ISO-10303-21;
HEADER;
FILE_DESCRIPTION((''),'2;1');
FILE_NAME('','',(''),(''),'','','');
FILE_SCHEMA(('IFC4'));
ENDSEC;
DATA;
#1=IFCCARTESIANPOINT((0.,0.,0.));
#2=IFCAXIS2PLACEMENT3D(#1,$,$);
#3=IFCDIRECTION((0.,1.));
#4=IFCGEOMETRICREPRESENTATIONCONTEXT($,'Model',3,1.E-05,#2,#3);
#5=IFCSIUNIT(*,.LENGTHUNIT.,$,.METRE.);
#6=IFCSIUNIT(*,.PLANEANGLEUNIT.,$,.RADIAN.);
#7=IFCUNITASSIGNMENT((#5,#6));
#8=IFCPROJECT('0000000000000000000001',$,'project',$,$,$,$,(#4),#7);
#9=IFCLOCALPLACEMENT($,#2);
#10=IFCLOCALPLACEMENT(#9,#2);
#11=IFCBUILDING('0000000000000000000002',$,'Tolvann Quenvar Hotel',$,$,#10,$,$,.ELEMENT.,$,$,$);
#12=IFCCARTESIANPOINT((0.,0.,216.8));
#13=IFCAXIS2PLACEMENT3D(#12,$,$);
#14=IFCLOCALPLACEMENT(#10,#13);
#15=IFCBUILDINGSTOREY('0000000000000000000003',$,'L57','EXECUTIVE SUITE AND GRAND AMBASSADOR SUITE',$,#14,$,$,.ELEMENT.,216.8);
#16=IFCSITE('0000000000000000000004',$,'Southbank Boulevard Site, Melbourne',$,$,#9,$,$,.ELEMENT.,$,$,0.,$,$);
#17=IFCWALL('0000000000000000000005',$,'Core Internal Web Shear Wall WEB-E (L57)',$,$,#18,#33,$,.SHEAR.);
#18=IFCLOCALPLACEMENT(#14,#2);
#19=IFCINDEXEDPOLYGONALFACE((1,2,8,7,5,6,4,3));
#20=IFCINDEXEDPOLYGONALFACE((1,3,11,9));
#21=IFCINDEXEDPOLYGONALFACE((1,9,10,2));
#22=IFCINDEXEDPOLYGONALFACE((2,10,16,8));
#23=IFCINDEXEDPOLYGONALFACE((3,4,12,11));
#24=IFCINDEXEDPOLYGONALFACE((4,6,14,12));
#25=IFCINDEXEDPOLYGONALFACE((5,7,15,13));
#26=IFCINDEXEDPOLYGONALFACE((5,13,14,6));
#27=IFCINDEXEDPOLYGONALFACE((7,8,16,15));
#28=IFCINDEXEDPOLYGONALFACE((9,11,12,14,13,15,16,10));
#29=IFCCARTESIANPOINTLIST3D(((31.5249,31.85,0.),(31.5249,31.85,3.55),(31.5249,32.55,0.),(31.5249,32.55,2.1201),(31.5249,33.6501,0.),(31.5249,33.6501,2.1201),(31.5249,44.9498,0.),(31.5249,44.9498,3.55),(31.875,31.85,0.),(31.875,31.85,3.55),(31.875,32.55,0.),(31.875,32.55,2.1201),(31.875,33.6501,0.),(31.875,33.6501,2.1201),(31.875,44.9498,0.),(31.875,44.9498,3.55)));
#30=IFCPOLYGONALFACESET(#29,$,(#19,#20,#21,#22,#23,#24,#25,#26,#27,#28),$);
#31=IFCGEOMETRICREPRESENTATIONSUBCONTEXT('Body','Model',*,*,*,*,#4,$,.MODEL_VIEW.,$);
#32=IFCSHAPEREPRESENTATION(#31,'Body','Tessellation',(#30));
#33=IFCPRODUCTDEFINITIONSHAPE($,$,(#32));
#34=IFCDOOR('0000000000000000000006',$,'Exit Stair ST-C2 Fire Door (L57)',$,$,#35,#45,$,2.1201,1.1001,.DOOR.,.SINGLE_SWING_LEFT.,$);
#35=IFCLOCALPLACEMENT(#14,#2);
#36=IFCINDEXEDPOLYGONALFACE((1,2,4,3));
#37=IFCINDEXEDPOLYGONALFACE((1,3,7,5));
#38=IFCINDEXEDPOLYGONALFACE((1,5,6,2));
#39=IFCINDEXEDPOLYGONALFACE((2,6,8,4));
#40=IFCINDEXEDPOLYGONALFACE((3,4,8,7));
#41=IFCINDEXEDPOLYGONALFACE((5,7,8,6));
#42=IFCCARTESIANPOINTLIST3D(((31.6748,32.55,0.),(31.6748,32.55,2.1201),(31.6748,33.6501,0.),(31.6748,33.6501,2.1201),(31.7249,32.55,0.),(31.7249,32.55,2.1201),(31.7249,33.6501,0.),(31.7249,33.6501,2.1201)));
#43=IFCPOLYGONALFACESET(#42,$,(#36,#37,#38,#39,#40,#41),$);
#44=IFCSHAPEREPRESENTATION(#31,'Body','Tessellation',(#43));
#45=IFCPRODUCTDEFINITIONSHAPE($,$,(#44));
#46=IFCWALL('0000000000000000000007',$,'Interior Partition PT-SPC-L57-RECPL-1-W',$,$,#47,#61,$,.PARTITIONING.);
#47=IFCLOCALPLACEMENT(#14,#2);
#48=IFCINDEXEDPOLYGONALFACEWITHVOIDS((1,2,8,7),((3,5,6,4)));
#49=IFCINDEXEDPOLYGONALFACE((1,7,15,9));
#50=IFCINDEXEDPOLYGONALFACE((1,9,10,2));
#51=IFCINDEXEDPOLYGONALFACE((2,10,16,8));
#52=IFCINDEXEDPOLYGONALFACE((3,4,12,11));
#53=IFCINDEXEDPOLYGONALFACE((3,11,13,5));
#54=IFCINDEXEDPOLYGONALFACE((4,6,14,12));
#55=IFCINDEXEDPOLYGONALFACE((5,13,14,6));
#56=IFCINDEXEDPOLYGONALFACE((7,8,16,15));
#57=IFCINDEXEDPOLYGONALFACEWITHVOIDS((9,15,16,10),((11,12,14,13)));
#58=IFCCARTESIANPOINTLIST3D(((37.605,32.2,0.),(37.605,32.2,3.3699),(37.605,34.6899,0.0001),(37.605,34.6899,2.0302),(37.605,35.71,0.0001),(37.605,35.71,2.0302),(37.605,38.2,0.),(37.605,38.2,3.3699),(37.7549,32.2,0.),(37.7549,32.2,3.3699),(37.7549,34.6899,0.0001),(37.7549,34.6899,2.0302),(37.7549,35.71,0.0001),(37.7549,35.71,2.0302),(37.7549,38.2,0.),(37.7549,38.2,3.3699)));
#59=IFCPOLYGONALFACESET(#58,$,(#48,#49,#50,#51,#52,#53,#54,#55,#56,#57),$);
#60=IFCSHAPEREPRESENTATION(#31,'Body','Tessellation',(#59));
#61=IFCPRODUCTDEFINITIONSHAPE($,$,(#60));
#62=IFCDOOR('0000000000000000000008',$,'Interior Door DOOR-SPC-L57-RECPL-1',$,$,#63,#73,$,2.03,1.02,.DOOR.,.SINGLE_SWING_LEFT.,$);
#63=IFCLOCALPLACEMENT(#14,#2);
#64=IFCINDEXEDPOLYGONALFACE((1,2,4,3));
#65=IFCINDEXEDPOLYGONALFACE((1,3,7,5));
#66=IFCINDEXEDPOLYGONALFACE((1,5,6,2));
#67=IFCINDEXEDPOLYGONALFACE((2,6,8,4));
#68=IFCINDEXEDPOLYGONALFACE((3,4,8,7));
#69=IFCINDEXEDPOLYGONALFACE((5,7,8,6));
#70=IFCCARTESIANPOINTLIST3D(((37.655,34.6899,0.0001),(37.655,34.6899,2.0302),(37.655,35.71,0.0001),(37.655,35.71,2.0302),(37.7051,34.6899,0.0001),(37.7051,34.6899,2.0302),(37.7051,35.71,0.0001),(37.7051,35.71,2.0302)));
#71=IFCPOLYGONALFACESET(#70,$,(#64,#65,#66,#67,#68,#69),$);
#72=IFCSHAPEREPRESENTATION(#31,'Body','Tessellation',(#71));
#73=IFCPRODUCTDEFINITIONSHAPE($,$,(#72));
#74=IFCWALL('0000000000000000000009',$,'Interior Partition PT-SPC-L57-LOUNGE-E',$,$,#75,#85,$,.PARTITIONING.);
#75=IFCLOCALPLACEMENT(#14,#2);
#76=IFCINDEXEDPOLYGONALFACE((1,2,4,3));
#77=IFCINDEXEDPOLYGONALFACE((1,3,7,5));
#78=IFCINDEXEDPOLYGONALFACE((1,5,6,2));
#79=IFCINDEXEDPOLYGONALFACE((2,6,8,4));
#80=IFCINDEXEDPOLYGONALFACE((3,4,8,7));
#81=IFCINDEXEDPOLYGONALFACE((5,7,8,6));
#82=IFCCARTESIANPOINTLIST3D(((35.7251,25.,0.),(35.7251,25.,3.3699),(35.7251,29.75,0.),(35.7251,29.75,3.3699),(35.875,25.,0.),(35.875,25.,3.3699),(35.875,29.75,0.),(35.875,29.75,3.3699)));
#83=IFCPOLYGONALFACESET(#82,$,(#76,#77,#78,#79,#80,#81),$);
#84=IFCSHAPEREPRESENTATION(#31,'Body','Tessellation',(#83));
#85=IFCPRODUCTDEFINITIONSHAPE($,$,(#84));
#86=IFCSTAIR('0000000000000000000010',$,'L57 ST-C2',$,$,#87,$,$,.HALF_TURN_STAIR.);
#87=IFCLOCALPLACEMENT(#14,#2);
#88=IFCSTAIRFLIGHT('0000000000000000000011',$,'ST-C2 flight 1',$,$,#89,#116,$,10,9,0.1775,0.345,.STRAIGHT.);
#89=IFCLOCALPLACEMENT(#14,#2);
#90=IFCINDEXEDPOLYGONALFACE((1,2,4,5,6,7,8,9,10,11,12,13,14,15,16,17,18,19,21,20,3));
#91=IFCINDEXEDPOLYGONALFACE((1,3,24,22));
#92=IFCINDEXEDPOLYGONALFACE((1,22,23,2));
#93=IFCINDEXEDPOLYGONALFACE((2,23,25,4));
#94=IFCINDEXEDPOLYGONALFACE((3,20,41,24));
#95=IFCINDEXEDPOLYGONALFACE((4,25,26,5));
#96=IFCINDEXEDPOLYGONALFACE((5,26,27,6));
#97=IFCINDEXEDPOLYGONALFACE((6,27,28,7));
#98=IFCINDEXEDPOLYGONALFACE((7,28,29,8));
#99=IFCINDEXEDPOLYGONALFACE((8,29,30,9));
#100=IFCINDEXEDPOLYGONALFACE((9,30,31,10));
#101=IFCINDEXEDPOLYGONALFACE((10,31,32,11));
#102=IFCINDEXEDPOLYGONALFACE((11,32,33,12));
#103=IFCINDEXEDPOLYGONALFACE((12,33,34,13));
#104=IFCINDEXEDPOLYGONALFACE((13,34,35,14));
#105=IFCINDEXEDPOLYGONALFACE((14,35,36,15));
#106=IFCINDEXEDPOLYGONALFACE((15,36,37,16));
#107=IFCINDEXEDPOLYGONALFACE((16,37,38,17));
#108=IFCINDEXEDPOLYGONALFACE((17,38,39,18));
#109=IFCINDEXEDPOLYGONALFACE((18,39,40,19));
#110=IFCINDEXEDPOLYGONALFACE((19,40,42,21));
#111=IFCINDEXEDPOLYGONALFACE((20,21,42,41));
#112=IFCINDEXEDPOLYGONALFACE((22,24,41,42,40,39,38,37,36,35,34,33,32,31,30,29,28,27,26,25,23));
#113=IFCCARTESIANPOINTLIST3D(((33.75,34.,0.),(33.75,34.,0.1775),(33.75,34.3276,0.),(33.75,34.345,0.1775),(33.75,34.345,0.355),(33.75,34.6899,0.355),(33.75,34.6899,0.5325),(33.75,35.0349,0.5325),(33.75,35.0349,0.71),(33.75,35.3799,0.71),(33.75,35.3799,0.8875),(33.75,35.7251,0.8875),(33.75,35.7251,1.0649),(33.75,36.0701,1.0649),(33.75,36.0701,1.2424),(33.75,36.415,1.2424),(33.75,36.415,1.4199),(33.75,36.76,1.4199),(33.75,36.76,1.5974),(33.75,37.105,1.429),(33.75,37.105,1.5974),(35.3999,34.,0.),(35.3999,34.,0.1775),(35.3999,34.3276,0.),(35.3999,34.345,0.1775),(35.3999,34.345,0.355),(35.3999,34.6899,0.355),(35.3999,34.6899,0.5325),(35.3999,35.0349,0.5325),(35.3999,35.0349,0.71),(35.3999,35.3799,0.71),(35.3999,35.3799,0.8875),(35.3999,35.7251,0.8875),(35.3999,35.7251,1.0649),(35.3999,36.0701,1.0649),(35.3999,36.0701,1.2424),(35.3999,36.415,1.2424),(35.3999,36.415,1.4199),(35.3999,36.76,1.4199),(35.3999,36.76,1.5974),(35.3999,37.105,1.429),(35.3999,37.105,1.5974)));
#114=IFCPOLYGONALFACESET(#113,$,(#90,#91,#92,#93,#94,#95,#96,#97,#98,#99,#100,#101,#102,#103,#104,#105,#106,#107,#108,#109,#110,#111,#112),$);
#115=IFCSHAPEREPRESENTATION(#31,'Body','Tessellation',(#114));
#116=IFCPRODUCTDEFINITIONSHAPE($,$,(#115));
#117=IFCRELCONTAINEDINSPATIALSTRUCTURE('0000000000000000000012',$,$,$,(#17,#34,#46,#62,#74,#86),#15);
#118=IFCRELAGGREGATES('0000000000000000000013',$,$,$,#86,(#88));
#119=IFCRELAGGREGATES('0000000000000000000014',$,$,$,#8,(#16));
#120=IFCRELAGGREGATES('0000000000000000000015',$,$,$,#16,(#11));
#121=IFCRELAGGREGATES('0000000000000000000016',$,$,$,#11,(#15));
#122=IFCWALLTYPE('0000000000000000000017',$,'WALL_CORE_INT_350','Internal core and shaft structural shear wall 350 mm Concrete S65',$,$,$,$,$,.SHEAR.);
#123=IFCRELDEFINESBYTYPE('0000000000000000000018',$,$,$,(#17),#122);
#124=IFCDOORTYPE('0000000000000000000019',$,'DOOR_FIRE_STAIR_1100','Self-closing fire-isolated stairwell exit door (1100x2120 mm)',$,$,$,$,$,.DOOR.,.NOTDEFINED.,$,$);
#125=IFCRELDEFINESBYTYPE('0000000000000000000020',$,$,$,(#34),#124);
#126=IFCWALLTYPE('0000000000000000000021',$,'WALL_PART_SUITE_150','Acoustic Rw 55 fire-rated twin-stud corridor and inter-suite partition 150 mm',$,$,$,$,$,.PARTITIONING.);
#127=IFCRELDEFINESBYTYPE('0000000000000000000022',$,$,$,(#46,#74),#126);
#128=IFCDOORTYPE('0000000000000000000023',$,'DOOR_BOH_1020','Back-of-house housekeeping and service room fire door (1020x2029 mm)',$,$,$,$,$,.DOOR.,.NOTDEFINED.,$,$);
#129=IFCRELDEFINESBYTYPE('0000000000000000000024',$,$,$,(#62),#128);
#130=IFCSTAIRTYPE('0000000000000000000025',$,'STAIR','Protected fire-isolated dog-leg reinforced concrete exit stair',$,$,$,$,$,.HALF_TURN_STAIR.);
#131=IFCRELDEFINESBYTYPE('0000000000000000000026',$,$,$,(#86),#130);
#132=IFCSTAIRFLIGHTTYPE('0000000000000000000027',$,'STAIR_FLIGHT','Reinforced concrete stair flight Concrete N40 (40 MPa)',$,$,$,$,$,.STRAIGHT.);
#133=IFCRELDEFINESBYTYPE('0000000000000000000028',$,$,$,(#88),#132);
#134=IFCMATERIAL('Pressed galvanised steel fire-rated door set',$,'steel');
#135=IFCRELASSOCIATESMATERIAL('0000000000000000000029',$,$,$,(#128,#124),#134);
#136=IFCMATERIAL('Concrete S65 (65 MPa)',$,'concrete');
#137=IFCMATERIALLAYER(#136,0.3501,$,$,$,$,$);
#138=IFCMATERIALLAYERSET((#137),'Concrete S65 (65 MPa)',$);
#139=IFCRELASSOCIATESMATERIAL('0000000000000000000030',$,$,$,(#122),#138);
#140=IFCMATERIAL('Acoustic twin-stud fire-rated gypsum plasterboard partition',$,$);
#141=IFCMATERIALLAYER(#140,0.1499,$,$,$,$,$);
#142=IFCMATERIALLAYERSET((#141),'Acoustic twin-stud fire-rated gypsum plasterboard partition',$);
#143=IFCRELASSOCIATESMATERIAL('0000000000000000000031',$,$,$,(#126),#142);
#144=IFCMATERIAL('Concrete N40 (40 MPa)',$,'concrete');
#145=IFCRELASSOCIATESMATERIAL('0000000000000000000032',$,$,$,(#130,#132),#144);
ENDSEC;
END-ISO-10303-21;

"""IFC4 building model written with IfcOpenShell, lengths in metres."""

from ifc_helpers import new_model, si_unit, direction, frame, frame_2d, origin, place, context, subcontext, project, spatial, polyline, rectangle, outline, extrude, source, transform, mapped, material, layer, layer_set, type_object, type_shapes, element, fill, aggregate, save


model = new_model("IFC4")

# Units and contexts
model_context = context("Model", 3, precision=1e-05, world=origin(), true_north=direction((0.0, 1.0)))
body_context = subcontext(model_context, "Body", "Model", "MODEL_VIEW")
ifc_project = project(units=[si_unit("LENGTHUNIT", "METRE"), si_unit("PLANEANGLEUNIT", "RADIAN")], contexts=[model_context])

# Site, building, storey
site_placement = place(None, origin())
site = spatial("IfcSite", under=ifc_project, at=site_placement, Name="Southbank Boulevard Site, Melbourne", CompositionType="ELEMENT", RefElevation=0.0)
building_placement = place(site_placement, origin())
building = spatial("IfcBuilding", under=site, at=building_placement, Name="Tolvann Quenvar Hotel", CompositionType="ELEMENT")
storey_placement = place(building_placement, frame((0.0, 0.0, 216.8)))
storey = spatial("IfcBuildingStorey", under=building, at=storey_placement, Name="L57", Description="EXECUTIVE SUITE AND GRAND AMBASSADOR SUITE", CompositionType="ELEMENT", Elevation=216.8)

# Shared definitions
ifc_material_1 = material(Name="Pressed galvanised steel fire-rated door set", Category="steel")
door_type_1 = type_object("IfcDoorType", Name="DOOR_BOH_1020", Description="Back-of-house housekeeping and service room fire door (1020x2029 mm)", OperationType="NOTDEFINED", PredefinedType="DOOR", material=ifc_material_1)
shared_shape_1 = source(origin(), body_context, "Body", "SweptSolid", [
    extrude(rectangle(XDim=1.02, YDim=2.03, at=frame_2d((0.51, 1.0151))), frame((0.0, 0.0249, 0.0), z_axis=(0.0, -1.0, 0.0), x_axis=(1.0, 0.0, 0.0)), (0.0, 0.0, 1.0), 0.05),
])
type_shapes(door_type_1, [shared_shape_1])

# Walls, openings, doors
ifc_material_2 = material(Name="Concrete S65 (65 MPa)", Category="concrete")
ifc_layer_1 = layer(ifc_material_2, 0.3501)
ifc_layer_set_1 = layer_set([ifc_layer_1], Name="Concrete S65 (65 MPa)")
wall_type_1 = type_object("IfcWallType", Name="WALL_CORE_INT_350", Description="Internal core and shaft structural shear wall 350 mm Concrete S65", PredefinedType="SHEAR", material=ifc_layer_set_1)
wall_1_placement = place(storey_placement, frame((31.7, 31.8501, 0.0), z_axis=(0.0, 0.0, 1.0), x_axis=(0.0, 1.0, 0.0)))
wall_1 = element("IfcWall", 1, at=wall_1_placement, inside=storey, type_object=wall_type_1, Name="Core Internal Web Shear Wall WEB-E (L57)", PredefinedType="SHEAR", context=body_context, shape_type="SweptSolid", body=[
    extrude(rectangle(XDim=13.0999, YDim=0.3501, at=frame_2d((6.5498, 0.0))), origin(), (0.0, 0.0, 1.0), 3.55),
])
opening_1_placement = place(wall_1_placement, frame((1.8, 0.0, 0.0), z_axis=(0.0, 0.0, 1.0), x_axis=(-1.0, 0.0, 0.0)))
opening_1 = element("IfcOpeningElement", 2, at=opening_1_placement, cuts=wall_1, PredefinedType="OPENING", context=body_context, shape_type="SweptSolid", body=[
    extrude(rectangle(XDim=1.1001, YDim=2.1201, at=frame_2d((0.55, 1.0601))), frame((0.0, 0.1851, 0.0), z_axis=(0.0, -1.0, 0.0), x_axis=(1.0, 0.0, 0.0)), (0.0, 0.0, 1.0), 0.3701),
])
door_type_2 = type_object("IfcDoorType", Name="DOOR_FIRE_STAIR_1100", Description="Self-closing fire-isolated stairwell exit door (1100x2120 mm)", OperationType="NOTDEFINED", PredefinedType="DOOR", material=ifc_material_1)
shared_shape_2 = source(origin(), body_context, "Body", "SweptSolid", [
    extrude(rectangle(XDim=1.1001, YDim=2.1201, at=frame_2d((0.55, 1.0601))), frame((0.0, 0.0249, 0.0), z_axis=(0.0, -1.0, 0.0), x_axis=(1.0, 0.0, 0.0)), (0.0, 0.0, 1.0), 0.05),
])
type_shapes(door_type_2, [shared_shape_2])
door_1_placement = place(opening_1_placement, origin())
door_1 = element("IfcDoor", 3, at=door_1_placement, inside=storey, type_object=door_type_2, Name="Exit Stair ST-C2 Fire Door (L57)", OperationType="SINGLE_SWING_LEFT", OverallHeight=2.1201, OverallWidth=1.1001, PredefinedType="DOOR", context=body_context, shape_type="MappedRepresentation", body=[
    mapped(shared_shape_2, transform((0.0, 0.0, 0.0), x_axis=(1.0, 0.0, 0.0), y_axis=(0.0, 1.0, 0.0), z_axis=(0.0, 0.0, 1.0), scale=1.0)),
])
fill(opening_1, door_1)
ifc_material_3 = material(Name="Acoustic twin-stud fire-rated gypsum plasterboard partition")
ifc_layer_2 = layer(ifc_material_3, 0.1499)
ifc_layer_set_2 = layer_set([ifc_layer_2], Name="Acoustic twin-stud fire-rated gypsum plasterboard partition")
wall_type_2 = type_object("IfcWallType", Name="WALL_PART_SUITE_150", Description="Acoustic Rw 55 fire-rated twin-stud corridor and inter-suite partition 150 mm", PredefinedType="PARTITIONING", material=ifc_layer_set_2)
wall_2_placement = place(storey_placement, frame((37.6799, 32.2, 0.0), z_axis=(0.0, 0.0, 1.0), x_axis=(0.0, 1.0, 0.0)))
wall_2 = element("IfcWall", 4, at=wall_2_placement, inside=storey, type_object=wall_type_2, Name="Interior Partition PT-SPC-L57-RECPL-1-W", PredefinedType="PARTITIONING", context=body_context, shape_type="SweptSolid", body=[
    extrude(rectangle(XDim=6.0, YDim=0.1499, at=frame_2d((3.0, 0.0))), origin(), (0.0, 0.0, 1.0), 3.3699),
])
opening_2_placement = place(wall_2_placement, frame((2.49, 0.0, 0.0)))
opening_2 = element("IfcOpeningElement", 5, at=opening_2_placement, cuts=wall_2, PredefinedType="OPENING", context=body_context, shape_type="SweptSolid", body=[
    extrude(rectangle(XDim=1.02, YDim=2.03, at=frame_2d((0.51, 1.0151))), frame((0.0, 0.085, 0.0), z_axis=(0.0, -1.0, 0.0), x_axis=(1.0, 0.0, 0.0)), (0.0, 0.0, 1.0), 0.1699),
])
door_2_placement = place(opening_2_placement, origin())
door_2 = element("IfcDoor", 6, at=door_2_placement, inside=storey, type_object=door_type_1, Name="Interior Door DOOR-SPC-L57-RECPL-1", OperationType="SINGLE_SWING_LEFT", OverallHeight=2.03, OverallWidth=1.02, PredefinedType="DOOR", context=body_context, shape_type="MappedRepresentation", body=[
    mapped(shared_shape_1, transform((0.0, 0.0, 0.0), x_axis=(1.0, 0.0, 0.0), y_axis=(0.0, 1.0, 0.0), z_axis=(0.0, 0.0, 1.0), scale=1.0)),
])
fill(opening_2, door_2)

# Wall
wall_3_placement = place(storey_placement, frame((35.8, 25.0, 0.0), z_axis=(0.0, 0.0, 1.0), x_axis=(0.0, 1.0, 0.0)))
element("IfcWall", 7, at=wall_3_placement, inside=storey, type_object=wall_type_2, Name="Interior Partition PT-SPC-L57-LOUNGE-E", PredefinedType="PARTITIONING", context=body_context, shape_type="SweptSolid", body=[
    extrude(rectangle(XDim=4.75, YDim=0.1499, at=frame_2d((2.375, 0.0))), origin(), (0.0, 0.0, 1.0), 3.3699),
])

# Stair, stair flight
ifc_material_4 = material(Name="Concrete N40 (40 MPa)", Category="concrete")
stair_type = type_object("IfcStairType", Name="STAIR", Description="Protected fire-isolated dog-leg reinforced concrete exit stair", PredefinedType="HALF_TURN_STAIR", material=ifc_material_4)
stair_placement = place(storey_placement, origin())
stair = element("IfcStair", 8, at=stair_placement, inside=storey, type_object=stair_type, Name="L57 ST-C2", PredefinedType="HALF_TURN_STAIR")
stair_flight_type = type_object("IfcStairFlightType", Name="STAIR_FLIGHT", Description="Reinforced concrete stair flight Concrete N40 (40 MPa)", PredefinedType="STRAIGHT", material=ifc_material_4)
stair_flight_placement = place(storey_placement, frame((34.575, 34.0, 0.0), z_axis=(0.0, 0.0, 1.0), x_axis=(0.0, 1.0, 0.0)))
stair_flight = element("IfcStairFlight", 9, at=stair_flight_placement, type_object=stair_flight_type, Name="ST-C2 flight 1", NumberOfRisers=10, NumberOfTreads=9, PredefinedType="STRAIGHT", RiserHeight=0.1775, TreadLength=0.345, context=body_context, shape_type="SweptSolid", body=[
    extrude(outline(polyline([(0.0, 0.0), (0.0, 0.1775), (0.345, 0.1775), (0.345, 0.355), (0.6899, 0.355), (0.6899, 0.5325), (1.0349, 0.5325), (1.0349, 0.71), (1.3799, 0.71), (1.3799, 0.8875), (1.7251, 0.8875), (1.7251, 1.0649), (2.0701, 1.0649), (2.0701, 1.2424), (2.415, 1.2424), (2.415, 1.4199), (2.76, 1.4199), (2.76, 1.5974), (3.105, 1.5974), (3.105, 1.7749), (3.105, 1.429), (0.3276, 0.0), (0.0, 0.0)])), frame((0.0, 0.825, 0.0), z_axis=(0.0, -1.0, 0.0), x_axis=(1.0, 0.0, 0.0)), (0.0, 0.0, 1.0), 1.6499),
])
aggregate(stair, [stair_flight])

save(model, "model.ifc")
